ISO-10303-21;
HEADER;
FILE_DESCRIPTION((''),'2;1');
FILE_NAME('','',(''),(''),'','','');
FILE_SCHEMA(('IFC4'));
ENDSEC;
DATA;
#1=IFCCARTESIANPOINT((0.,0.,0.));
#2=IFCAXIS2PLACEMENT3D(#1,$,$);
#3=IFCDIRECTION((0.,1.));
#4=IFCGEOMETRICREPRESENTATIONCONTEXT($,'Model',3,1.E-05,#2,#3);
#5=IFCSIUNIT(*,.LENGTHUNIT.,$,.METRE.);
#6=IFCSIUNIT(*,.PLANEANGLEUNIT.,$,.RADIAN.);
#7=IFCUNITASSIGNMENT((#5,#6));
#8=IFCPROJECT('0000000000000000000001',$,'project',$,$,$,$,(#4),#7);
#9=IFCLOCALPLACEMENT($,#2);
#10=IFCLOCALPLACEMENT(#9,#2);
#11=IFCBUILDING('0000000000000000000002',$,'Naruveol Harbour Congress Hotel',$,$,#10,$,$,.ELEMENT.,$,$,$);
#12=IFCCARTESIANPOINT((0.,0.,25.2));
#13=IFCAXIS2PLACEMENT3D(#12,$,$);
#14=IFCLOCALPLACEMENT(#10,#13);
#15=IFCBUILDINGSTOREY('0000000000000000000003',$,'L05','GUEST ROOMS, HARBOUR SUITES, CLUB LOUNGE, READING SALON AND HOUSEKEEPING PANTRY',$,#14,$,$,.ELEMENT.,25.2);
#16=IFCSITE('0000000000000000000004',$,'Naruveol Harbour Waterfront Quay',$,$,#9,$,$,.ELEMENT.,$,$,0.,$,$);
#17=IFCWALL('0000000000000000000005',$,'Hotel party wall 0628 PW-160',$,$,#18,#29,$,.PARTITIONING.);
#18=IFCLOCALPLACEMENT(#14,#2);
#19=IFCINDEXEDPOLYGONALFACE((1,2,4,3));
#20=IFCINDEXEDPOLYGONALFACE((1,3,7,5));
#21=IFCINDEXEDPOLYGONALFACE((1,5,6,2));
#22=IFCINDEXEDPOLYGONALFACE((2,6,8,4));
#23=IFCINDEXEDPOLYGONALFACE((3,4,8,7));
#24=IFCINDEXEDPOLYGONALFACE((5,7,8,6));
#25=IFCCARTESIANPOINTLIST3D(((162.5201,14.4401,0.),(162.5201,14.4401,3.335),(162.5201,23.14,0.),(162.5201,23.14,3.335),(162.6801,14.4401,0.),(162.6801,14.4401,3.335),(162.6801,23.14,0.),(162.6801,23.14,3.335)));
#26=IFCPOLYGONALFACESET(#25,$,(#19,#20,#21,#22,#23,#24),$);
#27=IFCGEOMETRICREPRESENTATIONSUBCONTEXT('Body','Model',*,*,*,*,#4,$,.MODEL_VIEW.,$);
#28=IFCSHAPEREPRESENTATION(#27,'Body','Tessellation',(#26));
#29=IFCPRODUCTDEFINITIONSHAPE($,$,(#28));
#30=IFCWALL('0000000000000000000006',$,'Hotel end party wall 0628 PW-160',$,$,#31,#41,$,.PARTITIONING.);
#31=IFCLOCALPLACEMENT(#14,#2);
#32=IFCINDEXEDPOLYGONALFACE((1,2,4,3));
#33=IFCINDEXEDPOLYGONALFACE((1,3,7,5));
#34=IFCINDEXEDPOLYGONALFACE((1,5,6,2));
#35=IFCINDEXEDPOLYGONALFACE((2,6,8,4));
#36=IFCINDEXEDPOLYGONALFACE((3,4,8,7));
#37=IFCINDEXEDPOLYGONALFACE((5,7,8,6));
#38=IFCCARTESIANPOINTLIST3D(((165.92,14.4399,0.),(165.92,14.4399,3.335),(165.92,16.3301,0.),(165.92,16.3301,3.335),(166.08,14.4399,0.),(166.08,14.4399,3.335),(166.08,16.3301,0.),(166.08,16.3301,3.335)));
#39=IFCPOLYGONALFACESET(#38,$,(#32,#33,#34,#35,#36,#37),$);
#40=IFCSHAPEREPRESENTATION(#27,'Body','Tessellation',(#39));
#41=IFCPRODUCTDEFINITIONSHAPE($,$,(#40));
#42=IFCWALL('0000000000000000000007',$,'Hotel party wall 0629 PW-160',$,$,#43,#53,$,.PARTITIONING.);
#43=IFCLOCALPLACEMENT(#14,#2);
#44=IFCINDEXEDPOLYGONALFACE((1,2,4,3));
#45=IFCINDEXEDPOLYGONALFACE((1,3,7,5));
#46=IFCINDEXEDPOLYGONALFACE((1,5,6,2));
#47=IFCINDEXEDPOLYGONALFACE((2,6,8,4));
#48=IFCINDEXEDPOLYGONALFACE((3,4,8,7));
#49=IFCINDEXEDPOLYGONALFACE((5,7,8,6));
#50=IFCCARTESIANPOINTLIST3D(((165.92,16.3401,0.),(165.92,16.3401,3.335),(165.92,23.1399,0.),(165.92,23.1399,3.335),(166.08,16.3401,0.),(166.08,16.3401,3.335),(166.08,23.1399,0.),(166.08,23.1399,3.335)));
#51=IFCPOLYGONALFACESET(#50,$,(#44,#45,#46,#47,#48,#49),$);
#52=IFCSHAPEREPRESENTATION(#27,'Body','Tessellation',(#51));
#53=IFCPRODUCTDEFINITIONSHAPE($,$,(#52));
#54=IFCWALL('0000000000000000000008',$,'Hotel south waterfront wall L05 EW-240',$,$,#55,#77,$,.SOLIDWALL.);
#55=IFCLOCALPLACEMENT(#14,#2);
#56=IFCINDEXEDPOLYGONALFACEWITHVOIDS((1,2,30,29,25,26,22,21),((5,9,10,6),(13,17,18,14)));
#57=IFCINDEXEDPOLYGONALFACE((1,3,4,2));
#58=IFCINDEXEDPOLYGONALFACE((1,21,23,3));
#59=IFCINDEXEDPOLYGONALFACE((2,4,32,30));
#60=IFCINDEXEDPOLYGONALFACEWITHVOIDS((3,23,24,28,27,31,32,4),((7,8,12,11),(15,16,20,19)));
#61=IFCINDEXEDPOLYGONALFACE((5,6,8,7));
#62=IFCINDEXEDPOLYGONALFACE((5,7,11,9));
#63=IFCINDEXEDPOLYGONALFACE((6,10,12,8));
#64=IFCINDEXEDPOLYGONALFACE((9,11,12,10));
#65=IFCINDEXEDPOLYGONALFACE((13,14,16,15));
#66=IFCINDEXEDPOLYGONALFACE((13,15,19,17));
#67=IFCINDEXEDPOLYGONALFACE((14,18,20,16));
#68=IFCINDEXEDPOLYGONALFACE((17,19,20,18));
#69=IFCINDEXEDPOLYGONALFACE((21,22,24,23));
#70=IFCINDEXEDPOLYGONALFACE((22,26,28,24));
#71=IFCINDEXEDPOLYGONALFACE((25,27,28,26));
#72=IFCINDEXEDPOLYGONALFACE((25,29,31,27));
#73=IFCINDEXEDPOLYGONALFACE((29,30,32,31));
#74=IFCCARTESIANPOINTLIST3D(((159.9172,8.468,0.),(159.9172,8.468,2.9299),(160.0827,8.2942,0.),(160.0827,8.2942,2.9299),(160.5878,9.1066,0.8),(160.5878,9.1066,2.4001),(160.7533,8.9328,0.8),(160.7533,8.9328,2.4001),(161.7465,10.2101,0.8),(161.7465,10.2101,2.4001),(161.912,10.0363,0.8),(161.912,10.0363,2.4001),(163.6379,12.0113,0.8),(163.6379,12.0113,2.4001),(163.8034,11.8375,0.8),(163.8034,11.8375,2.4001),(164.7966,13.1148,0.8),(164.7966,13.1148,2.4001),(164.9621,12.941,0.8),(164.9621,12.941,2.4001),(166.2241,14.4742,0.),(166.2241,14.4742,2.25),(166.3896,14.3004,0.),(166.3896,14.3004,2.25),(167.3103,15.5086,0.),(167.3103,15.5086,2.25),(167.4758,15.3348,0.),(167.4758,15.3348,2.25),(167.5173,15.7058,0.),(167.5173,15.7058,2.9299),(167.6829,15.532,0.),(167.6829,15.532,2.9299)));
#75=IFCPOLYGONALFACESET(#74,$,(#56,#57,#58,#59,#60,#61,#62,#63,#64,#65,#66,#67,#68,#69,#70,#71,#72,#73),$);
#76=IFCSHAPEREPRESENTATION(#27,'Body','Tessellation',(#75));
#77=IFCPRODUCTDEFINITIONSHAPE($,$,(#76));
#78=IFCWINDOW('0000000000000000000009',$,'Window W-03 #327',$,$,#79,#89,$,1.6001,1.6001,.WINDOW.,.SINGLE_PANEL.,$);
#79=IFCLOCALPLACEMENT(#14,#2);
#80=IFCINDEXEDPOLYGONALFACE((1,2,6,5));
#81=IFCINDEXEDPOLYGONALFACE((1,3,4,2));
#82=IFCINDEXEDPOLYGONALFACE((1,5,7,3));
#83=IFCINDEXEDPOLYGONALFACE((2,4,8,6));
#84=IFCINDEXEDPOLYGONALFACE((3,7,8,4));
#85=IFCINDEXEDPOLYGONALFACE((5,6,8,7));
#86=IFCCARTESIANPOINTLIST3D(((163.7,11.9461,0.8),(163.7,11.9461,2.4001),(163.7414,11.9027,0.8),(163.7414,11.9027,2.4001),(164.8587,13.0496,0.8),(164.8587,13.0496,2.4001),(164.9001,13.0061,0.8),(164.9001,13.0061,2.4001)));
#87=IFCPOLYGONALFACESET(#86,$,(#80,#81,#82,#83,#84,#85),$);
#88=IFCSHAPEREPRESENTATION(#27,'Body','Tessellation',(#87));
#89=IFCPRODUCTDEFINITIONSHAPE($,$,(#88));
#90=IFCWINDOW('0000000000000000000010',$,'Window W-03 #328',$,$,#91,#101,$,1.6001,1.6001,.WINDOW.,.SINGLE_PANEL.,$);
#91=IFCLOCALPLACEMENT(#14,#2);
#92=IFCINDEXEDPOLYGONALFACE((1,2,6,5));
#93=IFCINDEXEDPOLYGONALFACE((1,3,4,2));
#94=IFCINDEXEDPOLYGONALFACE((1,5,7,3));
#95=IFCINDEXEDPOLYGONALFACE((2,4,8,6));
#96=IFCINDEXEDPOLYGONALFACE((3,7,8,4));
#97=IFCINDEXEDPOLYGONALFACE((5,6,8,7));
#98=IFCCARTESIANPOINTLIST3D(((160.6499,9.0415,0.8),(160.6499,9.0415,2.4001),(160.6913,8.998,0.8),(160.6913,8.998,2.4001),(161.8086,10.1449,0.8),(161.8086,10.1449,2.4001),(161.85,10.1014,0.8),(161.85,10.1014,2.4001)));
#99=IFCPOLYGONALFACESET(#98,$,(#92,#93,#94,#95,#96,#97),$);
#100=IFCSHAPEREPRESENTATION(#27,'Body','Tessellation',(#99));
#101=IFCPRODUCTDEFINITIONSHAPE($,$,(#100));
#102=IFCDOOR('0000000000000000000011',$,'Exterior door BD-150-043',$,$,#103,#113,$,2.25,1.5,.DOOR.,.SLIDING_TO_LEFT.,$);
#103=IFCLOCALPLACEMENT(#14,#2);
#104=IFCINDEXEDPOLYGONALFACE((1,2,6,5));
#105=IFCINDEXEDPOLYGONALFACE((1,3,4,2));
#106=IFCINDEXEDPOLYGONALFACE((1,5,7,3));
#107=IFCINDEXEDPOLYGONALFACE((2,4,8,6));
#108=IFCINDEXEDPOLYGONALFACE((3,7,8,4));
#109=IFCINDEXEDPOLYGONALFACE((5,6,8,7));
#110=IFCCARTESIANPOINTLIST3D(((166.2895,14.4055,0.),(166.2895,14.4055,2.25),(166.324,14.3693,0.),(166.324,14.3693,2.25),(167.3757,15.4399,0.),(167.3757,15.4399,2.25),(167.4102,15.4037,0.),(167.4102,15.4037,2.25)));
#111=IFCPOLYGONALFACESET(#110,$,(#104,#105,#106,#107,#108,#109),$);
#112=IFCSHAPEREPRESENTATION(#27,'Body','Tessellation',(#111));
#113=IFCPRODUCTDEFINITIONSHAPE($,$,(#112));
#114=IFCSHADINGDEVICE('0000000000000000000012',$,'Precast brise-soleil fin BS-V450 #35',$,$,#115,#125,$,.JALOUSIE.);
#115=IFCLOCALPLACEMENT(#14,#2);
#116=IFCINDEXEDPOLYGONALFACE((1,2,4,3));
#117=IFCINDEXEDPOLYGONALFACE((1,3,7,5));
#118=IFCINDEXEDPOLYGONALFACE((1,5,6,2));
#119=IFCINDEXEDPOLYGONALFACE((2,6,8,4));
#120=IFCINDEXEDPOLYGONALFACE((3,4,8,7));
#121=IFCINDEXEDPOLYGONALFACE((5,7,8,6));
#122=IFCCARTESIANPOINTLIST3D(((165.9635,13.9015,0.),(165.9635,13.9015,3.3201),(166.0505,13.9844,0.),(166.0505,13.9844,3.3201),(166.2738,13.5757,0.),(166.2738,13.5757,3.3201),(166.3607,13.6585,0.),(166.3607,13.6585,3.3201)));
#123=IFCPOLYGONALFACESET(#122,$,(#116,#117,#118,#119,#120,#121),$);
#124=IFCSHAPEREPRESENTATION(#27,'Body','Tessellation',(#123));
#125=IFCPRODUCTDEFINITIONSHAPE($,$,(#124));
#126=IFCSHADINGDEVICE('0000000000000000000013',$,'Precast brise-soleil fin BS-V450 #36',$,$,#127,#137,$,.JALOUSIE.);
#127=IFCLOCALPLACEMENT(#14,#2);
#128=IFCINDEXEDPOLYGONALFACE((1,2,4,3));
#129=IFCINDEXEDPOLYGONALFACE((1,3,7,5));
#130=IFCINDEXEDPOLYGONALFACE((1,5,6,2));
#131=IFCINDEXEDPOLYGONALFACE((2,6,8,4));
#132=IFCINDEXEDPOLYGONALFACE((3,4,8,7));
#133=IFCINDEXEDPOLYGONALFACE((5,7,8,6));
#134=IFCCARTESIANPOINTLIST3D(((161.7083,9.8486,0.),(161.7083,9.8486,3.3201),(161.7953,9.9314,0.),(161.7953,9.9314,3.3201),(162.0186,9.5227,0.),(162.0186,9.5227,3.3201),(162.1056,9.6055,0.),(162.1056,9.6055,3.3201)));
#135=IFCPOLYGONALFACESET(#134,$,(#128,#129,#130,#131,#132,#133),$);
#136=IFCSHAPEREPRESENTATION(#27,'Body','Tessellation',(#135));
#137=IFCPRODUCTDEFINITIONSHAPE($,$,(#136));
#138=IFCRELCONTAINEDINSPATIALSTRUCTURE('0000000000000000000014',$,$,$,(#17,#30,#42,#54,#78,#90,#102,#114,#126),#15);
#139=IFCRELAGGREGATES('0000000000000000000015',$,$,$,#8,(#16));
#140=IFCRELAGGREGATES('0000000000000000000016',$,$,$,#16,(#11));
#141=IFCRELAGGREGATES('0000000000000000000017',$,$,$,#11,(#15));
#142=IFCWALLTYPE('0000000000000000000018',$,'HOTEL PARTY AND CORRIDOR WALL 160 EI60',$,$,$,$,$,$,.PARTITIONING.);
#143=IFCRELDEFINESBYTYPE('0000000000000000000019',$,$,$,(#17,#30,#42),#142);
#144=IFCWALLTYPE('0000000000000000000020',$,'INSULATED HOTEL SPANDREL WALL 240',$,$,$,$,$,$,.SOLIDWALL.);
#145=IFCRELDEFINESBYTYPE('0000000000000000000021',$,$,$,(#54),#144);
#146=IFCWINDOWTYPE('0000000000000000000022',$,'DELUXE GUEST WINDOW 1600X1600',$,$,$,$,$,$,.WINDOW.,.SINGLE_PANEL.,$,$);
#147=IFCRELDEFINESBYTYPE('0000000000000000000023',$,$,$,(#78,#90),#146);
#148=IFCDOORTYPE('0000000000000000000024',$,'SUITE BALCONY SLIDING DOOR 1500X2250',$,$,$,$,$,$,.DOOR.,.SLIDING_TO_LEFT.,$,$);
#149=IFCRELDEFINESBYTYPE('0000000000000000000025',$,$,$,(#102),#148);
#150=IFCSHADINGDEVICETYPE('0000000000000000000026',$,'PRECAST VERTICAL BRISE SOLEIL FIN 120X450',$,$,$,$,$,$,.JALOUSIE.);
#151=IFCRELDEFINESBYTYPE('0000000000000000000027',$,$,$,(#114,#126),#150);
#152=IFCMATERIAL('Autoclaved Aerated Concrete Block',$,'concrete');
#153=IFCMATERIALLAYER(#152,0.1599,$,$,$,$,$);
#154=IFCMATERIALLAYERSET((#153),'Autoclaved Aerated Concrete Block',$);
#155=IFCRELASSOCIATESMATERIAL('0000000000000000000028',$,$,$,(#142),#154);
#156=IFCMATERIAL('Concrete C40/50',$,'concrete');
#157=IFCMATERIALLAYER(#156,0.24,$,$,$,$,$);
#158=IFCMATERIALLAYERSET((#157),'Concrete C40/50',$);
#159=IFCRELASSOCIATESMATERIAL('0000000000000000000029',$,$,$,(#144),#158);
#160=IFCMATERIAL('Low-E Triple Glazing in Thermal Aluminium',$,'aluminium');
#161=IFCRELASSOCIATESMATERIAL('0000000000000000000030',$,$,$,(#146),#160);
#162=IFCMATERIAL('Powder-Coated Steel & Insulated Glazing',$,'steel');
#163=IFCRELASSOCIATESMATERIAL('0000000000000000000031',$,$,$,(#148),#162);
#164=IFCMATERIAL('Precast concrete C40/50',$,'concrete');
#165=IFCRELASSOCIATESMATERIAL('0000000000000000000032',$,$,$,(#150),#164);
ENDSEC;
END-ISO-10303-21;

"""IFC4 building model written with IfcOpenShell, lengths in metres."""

from ifc_helpers import new_model, si_unit, direction, frame, frame_2d, origin, origin_2d, place, context, subcontext, project, spatial, rectangle, extrude, material, layer, layer_set, type_object, element, fill, save


model = new_model("IFC4")

# Units and contexts
model_context = context("Model", 3, precision=1e-05, world=origin(), true_north=direction((0.0, 1.0)))
body_context = subcontext(model_context, "Body", "Model", "MODEL_VIEW")
ifc_project = project(units=[si_unit("LENGTHUNIT", "METRE"), si_unit("PLANEANGLEUNIT", "RADIAN")], contexts=[model_context])

# Site, building, storey
site_placement = place(None, origin())
site = spatial("IfcSite", under=ifc_project, at=site_placement, Name="Naruveol Harbour Waterfront Quay", CompositionType="ELEMENT", RefElevation=0.0)
building_placement = place(site_placement, origin())
building = spatial("IfcBuilding", under=site, at=building_placement, Name="Naruveol Harbour Congress Hotel", CompositionType="ELEMENT")
storey_placement = place(building_placement, frame((0.0, 0.0, 25.2)))
storey = spatial("IfcBuildingStorey", under=building, at=storey_placement, Name="L05", Description="GUEST ROOMS, HARBOUR SUITES, CLUB LOUNGE, READING SALON AND HOUSEKEEPING PANTRY", CompositionType="ELEMENT", Elevation=25.2)

# Shared definitions
ifc_material_1 = material(Name="Autoclaved Aerated Concrete Block", Category="concrete")
ifc_layer_1 = layer(ifc_material_1, 0.1599)
ifc_layer_set_1 = layer_set([ifc_layer_1], Name="Autoclaved Aerated Concrete Block")
wall_type_1 = type_object("IfcWallType", Name="HOTEL PARTY AND CORRIDOR WALL 160 EI60", PredefinedType="PARTITIONING", material=ifc_layer_set_1)

# Walls
wall_1_placement = place(storey_placement, frame((162.6001, 14.4399, 0.0), z_axis=(0.0, 0.0, 1.0), x_axis=(0.0, 1.0, 0.0)))
element("IfcWall", 1, at=wall_1_placement, inside=storey, type_object=wall_type_1, Name="Hotel party wall 0628 PW-160", PredefinedType="PARTITIONING", context=body_context, shape_type="SweptSolid", body=[
    extrude(rectangle(XDim=8.7, YDim=0.1599, at=frame_2d((4.3501, 0.0))), origin(), (0.0, 0.0, 1.0), 3.335),
])
wall_2_placement = place(storey_placement, frame((166.0, 14.4399, 0.0), z_axis=(0.0, 0.0, 1.0), x_axis=(0.0, 1.0, 0.0)))
element("IfcWall", 2, at=wall_2_placement, inside=storey, type_object=wall_type_1, Name="Hotel end party wall 0628 PW-160", PredefinedType="PARTITIONING", context=body_context, shape_type="SweptSolid", body=[
    extrude(rectangle(XDim=1.8901, YDim=0.1599, at=frame_2d((0.9451, 0.0))), origin(), (0.0, 0.0, 1.0), 3.335),
])
wall_3_placement = place(storey_placement, frame((166.0, 16.3401, 0.0), z_axis=(0.0, 0.0, 1.0), x_axis=(0.0, 1.0, 0.0)))
element("IfcWall", 3, at=wall_3_placement, inside=storey, type_object=wall_type_1, Name="Hotel party wall 0629 PW-160", PredefinedType="PARTITIONING", context=body_context, shape_type="SweptSolid", body=[
    extrude(rectangle(XDim=6.7998, YDim=0.1599, at=frame_2d((3.3999, 0.0))), origin(), (0.0, 0.0, 1.0), 3.335),
])

# Wall, openings, windows, door
ifc_material_2 = material(Name="Concrete C40/50", Category="concrete")
ifc_layer_2 = layer(ifc_material_2, 0.24)
ifc_layer_set_2 = layer_set([ifc_layer_2], Name="Concrete C40/50")
wall_type_2 = type_object("IfcWallType", Name="INSULATED HOTEL SPANDREL WALL 240", PredefinedType="SOLIDWALL", material=ifc_layer_set_2)
wall_4_placement = place(storey_placement, frame((167.6001, 15.6189, 0.0), z_axis=(0.0, 0.0, 1.0), x_axis=(-0.724157, -0.689635, 0.0)))
wall_4 = element("IfcWall", 4, at=wall_4_placement, inside=storey, type_object=wall_type_2, Name="Hotel south waterfront wall L05 EW-240", PredefinedType="SOLIDWALL", context=body_context, shape_type="SweptSolid", body=[
    extrude(rectangle(XDim=10.4951, YDim=0.24, at=frame_2d((5.2476, 0.0))), origin(), (0.0, 0.0, 1.0), 2.9299),
])
opening_1_placement = place(wall_4_placement, frame((0.2859, 0.0, 0.0)))
opening_1 = element("IfcOpeningElement", 5, at=opening_1_placement, cuts=wall_4, PredefinedType="OPENING", context=body_context, shape_type="SweptSolid", body=[
    extrude(rectangle(XDim=1.5, YDim=2.25, at=frame_2d((0.75, 1.125))), frame((0.0, 0.1299, 0.0), z_axis=(0.0, -1.0, 0.0), x_axis=(1.0, 0.0, 0.0)), (0.0, 0.0, 1.0), 0.26),
])
opening_2_placement = place(wall_4_placement, frame((3.7571, 0.0, 0.8)))
opening_2 = element("IfcOpeningElement", 6, at=opening_2_placement, cuts=wall_4, PredefinedType="OPENING", context=body_context, shape_type="SweptSolid", body=[
    extrude(rectangle(XDim=1.6001, YDim=1.6001, at=frame_2d((0.8, 0.8))), frame((0.0, 0.1299, 0.0), z_axis=(0.0, -1.0, 0.0), x_axis=(1.0, 0.0, 0.0)), (0.0, 0.0, 1.0), 0.26),
])
opening_3_placement = place(wall_4_placement, frame((7.969, 0.0, 0.8)))
opening_3 = element("IfcOpeningElement", 7, at=opening_3_placement, cuts=wall_4, PredefinedType="OPENING", context=body_context, shape_type="SweptSolid", body=[
    extrude(rectangle(XDim=1.6001, YDim=1.6001, at=frame_2d((0.8, 0.8))), frame((0.0, 0.1299, 0.0), z_axis=(0.0, -1.0, 0.0), x_axis=(1.0, 0.0, 0.0)), (0.0, 0.0, 1.0), 0.26),
])
ifc_material_3 = material(Name="Low-E Triple Glazing in Thermal Aluminium", Category="aluminium")
window_type = type_object("IfcWindowType", Name="DELUXE GUEST WINDOW 1600X1600", PartitioningType="SINGLE_PANEL", PredefinedType="WINDOW", material=ifc_material_3)
window_1_placement = place(opening_2_placement, origin())
window_1 = element("IfcWindow", 8, at=window_1_placement, inside=storey, type_object=window_type, Name="Window W-03 #327", OverallHeight=1.6001, OverallWidth=1.6001, PartitioningType="SINGLE_PANEL", PredefinedType="WINDOW", context=body_context, shape_type="SweptSolid", body=[
    extrude(rectangle(XDim=1.6001, YDim=1.6001, at=frame_2d((0.8, 0.8))), frame((0.0, 0.03, 0.0), z_axis=(0.0, -1.0, 0.0), x_axis=(1.0, 0.0, 0.0)), (0.0, 0.0, 1.0), 0.0601),
])
fill(opening_2, window_1)
window_2_placement = place(opening_3_placement, origin())
window_2 = element("IfcWindow", 9, at=window_2_placement, inside=storey, type_object=window_type, Name="Window W-03 #328", OverallHeight=1.6001, OverallWidth=1.6001, PartitioningType="SINGLE_PANEL", PredefinedType="WINDOW", context=body_context, shape_type="SweptSolid", body=[
    extrude(rectangle(XDim=1.6001, YDim=1.6001, at=frame_2d((0.8, 0.8))), frame((0.0, 0.03, 0.0), z_axis=(0.0, -1.0, 0.0), x_axis=(1.0, 0.0, 0.0)), (0.0, 0.0, 1.0), 0.0601),
])
fill(opening_3, window_2)
ifc_material_4 = material(Name="Powder-Coated Steel & Insulated Glazing", Category="steel")
door_type_1 = type_object("IfcDoorType", Name="SUITE BALCONY SLIDING DOOR 1500X2250", OperationType="SLIDING_TO_LEFT", PredefinedType="DOOR", material=ifc_material_4)
door_1_placement = place(opening_1_placement, origin())
door_1 = element("IfcDoor", 10, at=door_1_placement, inside=storey, type_object=door_type_1, Name="Exterior door BD-150-043", OperationType="SLIDING_TO_LEFT", OverallHeight=2.25, OverallWidth=1.5, PredefinedType="DOOR", context=body_context, shape_type="SweptSolid", body=[
    extrude(rectangle(XDim=1.5, YDim=2.25, at=frame_2d((0.75, 1.125))), frame((0.0, 0.0249, 0.0), z_axis=(0.0, -1.0, 0.0), x_axis=(1.0, 0.0, 0.0)), (0.0, 0.0, 1.0), 0.05),
])
fill(opening_1, door_1)

# Shading devices
ifc_material_5 = material(Name="Precast concrete C40/50", Category="concrete")
shading_device_type = type_object("IfcShadingDeviceType", Name="PRECAST VERTICAL BRISE SOLEIL FIN 120X450", PredefinedType="JALOUSIE", material=ifc_material_5)
for number, where, z_axis, x_axis, name in (
    (11, (166.1621, 13.78, 0.0), (0.0, 0.0, 1.0), (-0.724172, -0.68962, 0.0), "Precast brise-soleil fin BS-V450 #35"),
    (12, (161.907, 9.7271, 0.0), (0.0, 0.0, 1.0), (-0.724172, -0.68962, 0.0), "Precast brise-soleil fin BS-V450 #36"),
):
    element("IfcShadingDevice", number, at=place(storey_placement, frame(where, z_axis=z_axis, x_axis=x_axis)), inside=storey, type_object=shading_device_type, Name=name, PredefinedType="JALOUSIE", context=body_context, shape_type="SweptSolid", body=[
        extrude(rectangle(XDim=0.1201, YDim=0.45, at=origin_2d()), origin(), (0.0, 0.0, 1.0), 3.3201),
    ])

save(model, "model.ifc")
